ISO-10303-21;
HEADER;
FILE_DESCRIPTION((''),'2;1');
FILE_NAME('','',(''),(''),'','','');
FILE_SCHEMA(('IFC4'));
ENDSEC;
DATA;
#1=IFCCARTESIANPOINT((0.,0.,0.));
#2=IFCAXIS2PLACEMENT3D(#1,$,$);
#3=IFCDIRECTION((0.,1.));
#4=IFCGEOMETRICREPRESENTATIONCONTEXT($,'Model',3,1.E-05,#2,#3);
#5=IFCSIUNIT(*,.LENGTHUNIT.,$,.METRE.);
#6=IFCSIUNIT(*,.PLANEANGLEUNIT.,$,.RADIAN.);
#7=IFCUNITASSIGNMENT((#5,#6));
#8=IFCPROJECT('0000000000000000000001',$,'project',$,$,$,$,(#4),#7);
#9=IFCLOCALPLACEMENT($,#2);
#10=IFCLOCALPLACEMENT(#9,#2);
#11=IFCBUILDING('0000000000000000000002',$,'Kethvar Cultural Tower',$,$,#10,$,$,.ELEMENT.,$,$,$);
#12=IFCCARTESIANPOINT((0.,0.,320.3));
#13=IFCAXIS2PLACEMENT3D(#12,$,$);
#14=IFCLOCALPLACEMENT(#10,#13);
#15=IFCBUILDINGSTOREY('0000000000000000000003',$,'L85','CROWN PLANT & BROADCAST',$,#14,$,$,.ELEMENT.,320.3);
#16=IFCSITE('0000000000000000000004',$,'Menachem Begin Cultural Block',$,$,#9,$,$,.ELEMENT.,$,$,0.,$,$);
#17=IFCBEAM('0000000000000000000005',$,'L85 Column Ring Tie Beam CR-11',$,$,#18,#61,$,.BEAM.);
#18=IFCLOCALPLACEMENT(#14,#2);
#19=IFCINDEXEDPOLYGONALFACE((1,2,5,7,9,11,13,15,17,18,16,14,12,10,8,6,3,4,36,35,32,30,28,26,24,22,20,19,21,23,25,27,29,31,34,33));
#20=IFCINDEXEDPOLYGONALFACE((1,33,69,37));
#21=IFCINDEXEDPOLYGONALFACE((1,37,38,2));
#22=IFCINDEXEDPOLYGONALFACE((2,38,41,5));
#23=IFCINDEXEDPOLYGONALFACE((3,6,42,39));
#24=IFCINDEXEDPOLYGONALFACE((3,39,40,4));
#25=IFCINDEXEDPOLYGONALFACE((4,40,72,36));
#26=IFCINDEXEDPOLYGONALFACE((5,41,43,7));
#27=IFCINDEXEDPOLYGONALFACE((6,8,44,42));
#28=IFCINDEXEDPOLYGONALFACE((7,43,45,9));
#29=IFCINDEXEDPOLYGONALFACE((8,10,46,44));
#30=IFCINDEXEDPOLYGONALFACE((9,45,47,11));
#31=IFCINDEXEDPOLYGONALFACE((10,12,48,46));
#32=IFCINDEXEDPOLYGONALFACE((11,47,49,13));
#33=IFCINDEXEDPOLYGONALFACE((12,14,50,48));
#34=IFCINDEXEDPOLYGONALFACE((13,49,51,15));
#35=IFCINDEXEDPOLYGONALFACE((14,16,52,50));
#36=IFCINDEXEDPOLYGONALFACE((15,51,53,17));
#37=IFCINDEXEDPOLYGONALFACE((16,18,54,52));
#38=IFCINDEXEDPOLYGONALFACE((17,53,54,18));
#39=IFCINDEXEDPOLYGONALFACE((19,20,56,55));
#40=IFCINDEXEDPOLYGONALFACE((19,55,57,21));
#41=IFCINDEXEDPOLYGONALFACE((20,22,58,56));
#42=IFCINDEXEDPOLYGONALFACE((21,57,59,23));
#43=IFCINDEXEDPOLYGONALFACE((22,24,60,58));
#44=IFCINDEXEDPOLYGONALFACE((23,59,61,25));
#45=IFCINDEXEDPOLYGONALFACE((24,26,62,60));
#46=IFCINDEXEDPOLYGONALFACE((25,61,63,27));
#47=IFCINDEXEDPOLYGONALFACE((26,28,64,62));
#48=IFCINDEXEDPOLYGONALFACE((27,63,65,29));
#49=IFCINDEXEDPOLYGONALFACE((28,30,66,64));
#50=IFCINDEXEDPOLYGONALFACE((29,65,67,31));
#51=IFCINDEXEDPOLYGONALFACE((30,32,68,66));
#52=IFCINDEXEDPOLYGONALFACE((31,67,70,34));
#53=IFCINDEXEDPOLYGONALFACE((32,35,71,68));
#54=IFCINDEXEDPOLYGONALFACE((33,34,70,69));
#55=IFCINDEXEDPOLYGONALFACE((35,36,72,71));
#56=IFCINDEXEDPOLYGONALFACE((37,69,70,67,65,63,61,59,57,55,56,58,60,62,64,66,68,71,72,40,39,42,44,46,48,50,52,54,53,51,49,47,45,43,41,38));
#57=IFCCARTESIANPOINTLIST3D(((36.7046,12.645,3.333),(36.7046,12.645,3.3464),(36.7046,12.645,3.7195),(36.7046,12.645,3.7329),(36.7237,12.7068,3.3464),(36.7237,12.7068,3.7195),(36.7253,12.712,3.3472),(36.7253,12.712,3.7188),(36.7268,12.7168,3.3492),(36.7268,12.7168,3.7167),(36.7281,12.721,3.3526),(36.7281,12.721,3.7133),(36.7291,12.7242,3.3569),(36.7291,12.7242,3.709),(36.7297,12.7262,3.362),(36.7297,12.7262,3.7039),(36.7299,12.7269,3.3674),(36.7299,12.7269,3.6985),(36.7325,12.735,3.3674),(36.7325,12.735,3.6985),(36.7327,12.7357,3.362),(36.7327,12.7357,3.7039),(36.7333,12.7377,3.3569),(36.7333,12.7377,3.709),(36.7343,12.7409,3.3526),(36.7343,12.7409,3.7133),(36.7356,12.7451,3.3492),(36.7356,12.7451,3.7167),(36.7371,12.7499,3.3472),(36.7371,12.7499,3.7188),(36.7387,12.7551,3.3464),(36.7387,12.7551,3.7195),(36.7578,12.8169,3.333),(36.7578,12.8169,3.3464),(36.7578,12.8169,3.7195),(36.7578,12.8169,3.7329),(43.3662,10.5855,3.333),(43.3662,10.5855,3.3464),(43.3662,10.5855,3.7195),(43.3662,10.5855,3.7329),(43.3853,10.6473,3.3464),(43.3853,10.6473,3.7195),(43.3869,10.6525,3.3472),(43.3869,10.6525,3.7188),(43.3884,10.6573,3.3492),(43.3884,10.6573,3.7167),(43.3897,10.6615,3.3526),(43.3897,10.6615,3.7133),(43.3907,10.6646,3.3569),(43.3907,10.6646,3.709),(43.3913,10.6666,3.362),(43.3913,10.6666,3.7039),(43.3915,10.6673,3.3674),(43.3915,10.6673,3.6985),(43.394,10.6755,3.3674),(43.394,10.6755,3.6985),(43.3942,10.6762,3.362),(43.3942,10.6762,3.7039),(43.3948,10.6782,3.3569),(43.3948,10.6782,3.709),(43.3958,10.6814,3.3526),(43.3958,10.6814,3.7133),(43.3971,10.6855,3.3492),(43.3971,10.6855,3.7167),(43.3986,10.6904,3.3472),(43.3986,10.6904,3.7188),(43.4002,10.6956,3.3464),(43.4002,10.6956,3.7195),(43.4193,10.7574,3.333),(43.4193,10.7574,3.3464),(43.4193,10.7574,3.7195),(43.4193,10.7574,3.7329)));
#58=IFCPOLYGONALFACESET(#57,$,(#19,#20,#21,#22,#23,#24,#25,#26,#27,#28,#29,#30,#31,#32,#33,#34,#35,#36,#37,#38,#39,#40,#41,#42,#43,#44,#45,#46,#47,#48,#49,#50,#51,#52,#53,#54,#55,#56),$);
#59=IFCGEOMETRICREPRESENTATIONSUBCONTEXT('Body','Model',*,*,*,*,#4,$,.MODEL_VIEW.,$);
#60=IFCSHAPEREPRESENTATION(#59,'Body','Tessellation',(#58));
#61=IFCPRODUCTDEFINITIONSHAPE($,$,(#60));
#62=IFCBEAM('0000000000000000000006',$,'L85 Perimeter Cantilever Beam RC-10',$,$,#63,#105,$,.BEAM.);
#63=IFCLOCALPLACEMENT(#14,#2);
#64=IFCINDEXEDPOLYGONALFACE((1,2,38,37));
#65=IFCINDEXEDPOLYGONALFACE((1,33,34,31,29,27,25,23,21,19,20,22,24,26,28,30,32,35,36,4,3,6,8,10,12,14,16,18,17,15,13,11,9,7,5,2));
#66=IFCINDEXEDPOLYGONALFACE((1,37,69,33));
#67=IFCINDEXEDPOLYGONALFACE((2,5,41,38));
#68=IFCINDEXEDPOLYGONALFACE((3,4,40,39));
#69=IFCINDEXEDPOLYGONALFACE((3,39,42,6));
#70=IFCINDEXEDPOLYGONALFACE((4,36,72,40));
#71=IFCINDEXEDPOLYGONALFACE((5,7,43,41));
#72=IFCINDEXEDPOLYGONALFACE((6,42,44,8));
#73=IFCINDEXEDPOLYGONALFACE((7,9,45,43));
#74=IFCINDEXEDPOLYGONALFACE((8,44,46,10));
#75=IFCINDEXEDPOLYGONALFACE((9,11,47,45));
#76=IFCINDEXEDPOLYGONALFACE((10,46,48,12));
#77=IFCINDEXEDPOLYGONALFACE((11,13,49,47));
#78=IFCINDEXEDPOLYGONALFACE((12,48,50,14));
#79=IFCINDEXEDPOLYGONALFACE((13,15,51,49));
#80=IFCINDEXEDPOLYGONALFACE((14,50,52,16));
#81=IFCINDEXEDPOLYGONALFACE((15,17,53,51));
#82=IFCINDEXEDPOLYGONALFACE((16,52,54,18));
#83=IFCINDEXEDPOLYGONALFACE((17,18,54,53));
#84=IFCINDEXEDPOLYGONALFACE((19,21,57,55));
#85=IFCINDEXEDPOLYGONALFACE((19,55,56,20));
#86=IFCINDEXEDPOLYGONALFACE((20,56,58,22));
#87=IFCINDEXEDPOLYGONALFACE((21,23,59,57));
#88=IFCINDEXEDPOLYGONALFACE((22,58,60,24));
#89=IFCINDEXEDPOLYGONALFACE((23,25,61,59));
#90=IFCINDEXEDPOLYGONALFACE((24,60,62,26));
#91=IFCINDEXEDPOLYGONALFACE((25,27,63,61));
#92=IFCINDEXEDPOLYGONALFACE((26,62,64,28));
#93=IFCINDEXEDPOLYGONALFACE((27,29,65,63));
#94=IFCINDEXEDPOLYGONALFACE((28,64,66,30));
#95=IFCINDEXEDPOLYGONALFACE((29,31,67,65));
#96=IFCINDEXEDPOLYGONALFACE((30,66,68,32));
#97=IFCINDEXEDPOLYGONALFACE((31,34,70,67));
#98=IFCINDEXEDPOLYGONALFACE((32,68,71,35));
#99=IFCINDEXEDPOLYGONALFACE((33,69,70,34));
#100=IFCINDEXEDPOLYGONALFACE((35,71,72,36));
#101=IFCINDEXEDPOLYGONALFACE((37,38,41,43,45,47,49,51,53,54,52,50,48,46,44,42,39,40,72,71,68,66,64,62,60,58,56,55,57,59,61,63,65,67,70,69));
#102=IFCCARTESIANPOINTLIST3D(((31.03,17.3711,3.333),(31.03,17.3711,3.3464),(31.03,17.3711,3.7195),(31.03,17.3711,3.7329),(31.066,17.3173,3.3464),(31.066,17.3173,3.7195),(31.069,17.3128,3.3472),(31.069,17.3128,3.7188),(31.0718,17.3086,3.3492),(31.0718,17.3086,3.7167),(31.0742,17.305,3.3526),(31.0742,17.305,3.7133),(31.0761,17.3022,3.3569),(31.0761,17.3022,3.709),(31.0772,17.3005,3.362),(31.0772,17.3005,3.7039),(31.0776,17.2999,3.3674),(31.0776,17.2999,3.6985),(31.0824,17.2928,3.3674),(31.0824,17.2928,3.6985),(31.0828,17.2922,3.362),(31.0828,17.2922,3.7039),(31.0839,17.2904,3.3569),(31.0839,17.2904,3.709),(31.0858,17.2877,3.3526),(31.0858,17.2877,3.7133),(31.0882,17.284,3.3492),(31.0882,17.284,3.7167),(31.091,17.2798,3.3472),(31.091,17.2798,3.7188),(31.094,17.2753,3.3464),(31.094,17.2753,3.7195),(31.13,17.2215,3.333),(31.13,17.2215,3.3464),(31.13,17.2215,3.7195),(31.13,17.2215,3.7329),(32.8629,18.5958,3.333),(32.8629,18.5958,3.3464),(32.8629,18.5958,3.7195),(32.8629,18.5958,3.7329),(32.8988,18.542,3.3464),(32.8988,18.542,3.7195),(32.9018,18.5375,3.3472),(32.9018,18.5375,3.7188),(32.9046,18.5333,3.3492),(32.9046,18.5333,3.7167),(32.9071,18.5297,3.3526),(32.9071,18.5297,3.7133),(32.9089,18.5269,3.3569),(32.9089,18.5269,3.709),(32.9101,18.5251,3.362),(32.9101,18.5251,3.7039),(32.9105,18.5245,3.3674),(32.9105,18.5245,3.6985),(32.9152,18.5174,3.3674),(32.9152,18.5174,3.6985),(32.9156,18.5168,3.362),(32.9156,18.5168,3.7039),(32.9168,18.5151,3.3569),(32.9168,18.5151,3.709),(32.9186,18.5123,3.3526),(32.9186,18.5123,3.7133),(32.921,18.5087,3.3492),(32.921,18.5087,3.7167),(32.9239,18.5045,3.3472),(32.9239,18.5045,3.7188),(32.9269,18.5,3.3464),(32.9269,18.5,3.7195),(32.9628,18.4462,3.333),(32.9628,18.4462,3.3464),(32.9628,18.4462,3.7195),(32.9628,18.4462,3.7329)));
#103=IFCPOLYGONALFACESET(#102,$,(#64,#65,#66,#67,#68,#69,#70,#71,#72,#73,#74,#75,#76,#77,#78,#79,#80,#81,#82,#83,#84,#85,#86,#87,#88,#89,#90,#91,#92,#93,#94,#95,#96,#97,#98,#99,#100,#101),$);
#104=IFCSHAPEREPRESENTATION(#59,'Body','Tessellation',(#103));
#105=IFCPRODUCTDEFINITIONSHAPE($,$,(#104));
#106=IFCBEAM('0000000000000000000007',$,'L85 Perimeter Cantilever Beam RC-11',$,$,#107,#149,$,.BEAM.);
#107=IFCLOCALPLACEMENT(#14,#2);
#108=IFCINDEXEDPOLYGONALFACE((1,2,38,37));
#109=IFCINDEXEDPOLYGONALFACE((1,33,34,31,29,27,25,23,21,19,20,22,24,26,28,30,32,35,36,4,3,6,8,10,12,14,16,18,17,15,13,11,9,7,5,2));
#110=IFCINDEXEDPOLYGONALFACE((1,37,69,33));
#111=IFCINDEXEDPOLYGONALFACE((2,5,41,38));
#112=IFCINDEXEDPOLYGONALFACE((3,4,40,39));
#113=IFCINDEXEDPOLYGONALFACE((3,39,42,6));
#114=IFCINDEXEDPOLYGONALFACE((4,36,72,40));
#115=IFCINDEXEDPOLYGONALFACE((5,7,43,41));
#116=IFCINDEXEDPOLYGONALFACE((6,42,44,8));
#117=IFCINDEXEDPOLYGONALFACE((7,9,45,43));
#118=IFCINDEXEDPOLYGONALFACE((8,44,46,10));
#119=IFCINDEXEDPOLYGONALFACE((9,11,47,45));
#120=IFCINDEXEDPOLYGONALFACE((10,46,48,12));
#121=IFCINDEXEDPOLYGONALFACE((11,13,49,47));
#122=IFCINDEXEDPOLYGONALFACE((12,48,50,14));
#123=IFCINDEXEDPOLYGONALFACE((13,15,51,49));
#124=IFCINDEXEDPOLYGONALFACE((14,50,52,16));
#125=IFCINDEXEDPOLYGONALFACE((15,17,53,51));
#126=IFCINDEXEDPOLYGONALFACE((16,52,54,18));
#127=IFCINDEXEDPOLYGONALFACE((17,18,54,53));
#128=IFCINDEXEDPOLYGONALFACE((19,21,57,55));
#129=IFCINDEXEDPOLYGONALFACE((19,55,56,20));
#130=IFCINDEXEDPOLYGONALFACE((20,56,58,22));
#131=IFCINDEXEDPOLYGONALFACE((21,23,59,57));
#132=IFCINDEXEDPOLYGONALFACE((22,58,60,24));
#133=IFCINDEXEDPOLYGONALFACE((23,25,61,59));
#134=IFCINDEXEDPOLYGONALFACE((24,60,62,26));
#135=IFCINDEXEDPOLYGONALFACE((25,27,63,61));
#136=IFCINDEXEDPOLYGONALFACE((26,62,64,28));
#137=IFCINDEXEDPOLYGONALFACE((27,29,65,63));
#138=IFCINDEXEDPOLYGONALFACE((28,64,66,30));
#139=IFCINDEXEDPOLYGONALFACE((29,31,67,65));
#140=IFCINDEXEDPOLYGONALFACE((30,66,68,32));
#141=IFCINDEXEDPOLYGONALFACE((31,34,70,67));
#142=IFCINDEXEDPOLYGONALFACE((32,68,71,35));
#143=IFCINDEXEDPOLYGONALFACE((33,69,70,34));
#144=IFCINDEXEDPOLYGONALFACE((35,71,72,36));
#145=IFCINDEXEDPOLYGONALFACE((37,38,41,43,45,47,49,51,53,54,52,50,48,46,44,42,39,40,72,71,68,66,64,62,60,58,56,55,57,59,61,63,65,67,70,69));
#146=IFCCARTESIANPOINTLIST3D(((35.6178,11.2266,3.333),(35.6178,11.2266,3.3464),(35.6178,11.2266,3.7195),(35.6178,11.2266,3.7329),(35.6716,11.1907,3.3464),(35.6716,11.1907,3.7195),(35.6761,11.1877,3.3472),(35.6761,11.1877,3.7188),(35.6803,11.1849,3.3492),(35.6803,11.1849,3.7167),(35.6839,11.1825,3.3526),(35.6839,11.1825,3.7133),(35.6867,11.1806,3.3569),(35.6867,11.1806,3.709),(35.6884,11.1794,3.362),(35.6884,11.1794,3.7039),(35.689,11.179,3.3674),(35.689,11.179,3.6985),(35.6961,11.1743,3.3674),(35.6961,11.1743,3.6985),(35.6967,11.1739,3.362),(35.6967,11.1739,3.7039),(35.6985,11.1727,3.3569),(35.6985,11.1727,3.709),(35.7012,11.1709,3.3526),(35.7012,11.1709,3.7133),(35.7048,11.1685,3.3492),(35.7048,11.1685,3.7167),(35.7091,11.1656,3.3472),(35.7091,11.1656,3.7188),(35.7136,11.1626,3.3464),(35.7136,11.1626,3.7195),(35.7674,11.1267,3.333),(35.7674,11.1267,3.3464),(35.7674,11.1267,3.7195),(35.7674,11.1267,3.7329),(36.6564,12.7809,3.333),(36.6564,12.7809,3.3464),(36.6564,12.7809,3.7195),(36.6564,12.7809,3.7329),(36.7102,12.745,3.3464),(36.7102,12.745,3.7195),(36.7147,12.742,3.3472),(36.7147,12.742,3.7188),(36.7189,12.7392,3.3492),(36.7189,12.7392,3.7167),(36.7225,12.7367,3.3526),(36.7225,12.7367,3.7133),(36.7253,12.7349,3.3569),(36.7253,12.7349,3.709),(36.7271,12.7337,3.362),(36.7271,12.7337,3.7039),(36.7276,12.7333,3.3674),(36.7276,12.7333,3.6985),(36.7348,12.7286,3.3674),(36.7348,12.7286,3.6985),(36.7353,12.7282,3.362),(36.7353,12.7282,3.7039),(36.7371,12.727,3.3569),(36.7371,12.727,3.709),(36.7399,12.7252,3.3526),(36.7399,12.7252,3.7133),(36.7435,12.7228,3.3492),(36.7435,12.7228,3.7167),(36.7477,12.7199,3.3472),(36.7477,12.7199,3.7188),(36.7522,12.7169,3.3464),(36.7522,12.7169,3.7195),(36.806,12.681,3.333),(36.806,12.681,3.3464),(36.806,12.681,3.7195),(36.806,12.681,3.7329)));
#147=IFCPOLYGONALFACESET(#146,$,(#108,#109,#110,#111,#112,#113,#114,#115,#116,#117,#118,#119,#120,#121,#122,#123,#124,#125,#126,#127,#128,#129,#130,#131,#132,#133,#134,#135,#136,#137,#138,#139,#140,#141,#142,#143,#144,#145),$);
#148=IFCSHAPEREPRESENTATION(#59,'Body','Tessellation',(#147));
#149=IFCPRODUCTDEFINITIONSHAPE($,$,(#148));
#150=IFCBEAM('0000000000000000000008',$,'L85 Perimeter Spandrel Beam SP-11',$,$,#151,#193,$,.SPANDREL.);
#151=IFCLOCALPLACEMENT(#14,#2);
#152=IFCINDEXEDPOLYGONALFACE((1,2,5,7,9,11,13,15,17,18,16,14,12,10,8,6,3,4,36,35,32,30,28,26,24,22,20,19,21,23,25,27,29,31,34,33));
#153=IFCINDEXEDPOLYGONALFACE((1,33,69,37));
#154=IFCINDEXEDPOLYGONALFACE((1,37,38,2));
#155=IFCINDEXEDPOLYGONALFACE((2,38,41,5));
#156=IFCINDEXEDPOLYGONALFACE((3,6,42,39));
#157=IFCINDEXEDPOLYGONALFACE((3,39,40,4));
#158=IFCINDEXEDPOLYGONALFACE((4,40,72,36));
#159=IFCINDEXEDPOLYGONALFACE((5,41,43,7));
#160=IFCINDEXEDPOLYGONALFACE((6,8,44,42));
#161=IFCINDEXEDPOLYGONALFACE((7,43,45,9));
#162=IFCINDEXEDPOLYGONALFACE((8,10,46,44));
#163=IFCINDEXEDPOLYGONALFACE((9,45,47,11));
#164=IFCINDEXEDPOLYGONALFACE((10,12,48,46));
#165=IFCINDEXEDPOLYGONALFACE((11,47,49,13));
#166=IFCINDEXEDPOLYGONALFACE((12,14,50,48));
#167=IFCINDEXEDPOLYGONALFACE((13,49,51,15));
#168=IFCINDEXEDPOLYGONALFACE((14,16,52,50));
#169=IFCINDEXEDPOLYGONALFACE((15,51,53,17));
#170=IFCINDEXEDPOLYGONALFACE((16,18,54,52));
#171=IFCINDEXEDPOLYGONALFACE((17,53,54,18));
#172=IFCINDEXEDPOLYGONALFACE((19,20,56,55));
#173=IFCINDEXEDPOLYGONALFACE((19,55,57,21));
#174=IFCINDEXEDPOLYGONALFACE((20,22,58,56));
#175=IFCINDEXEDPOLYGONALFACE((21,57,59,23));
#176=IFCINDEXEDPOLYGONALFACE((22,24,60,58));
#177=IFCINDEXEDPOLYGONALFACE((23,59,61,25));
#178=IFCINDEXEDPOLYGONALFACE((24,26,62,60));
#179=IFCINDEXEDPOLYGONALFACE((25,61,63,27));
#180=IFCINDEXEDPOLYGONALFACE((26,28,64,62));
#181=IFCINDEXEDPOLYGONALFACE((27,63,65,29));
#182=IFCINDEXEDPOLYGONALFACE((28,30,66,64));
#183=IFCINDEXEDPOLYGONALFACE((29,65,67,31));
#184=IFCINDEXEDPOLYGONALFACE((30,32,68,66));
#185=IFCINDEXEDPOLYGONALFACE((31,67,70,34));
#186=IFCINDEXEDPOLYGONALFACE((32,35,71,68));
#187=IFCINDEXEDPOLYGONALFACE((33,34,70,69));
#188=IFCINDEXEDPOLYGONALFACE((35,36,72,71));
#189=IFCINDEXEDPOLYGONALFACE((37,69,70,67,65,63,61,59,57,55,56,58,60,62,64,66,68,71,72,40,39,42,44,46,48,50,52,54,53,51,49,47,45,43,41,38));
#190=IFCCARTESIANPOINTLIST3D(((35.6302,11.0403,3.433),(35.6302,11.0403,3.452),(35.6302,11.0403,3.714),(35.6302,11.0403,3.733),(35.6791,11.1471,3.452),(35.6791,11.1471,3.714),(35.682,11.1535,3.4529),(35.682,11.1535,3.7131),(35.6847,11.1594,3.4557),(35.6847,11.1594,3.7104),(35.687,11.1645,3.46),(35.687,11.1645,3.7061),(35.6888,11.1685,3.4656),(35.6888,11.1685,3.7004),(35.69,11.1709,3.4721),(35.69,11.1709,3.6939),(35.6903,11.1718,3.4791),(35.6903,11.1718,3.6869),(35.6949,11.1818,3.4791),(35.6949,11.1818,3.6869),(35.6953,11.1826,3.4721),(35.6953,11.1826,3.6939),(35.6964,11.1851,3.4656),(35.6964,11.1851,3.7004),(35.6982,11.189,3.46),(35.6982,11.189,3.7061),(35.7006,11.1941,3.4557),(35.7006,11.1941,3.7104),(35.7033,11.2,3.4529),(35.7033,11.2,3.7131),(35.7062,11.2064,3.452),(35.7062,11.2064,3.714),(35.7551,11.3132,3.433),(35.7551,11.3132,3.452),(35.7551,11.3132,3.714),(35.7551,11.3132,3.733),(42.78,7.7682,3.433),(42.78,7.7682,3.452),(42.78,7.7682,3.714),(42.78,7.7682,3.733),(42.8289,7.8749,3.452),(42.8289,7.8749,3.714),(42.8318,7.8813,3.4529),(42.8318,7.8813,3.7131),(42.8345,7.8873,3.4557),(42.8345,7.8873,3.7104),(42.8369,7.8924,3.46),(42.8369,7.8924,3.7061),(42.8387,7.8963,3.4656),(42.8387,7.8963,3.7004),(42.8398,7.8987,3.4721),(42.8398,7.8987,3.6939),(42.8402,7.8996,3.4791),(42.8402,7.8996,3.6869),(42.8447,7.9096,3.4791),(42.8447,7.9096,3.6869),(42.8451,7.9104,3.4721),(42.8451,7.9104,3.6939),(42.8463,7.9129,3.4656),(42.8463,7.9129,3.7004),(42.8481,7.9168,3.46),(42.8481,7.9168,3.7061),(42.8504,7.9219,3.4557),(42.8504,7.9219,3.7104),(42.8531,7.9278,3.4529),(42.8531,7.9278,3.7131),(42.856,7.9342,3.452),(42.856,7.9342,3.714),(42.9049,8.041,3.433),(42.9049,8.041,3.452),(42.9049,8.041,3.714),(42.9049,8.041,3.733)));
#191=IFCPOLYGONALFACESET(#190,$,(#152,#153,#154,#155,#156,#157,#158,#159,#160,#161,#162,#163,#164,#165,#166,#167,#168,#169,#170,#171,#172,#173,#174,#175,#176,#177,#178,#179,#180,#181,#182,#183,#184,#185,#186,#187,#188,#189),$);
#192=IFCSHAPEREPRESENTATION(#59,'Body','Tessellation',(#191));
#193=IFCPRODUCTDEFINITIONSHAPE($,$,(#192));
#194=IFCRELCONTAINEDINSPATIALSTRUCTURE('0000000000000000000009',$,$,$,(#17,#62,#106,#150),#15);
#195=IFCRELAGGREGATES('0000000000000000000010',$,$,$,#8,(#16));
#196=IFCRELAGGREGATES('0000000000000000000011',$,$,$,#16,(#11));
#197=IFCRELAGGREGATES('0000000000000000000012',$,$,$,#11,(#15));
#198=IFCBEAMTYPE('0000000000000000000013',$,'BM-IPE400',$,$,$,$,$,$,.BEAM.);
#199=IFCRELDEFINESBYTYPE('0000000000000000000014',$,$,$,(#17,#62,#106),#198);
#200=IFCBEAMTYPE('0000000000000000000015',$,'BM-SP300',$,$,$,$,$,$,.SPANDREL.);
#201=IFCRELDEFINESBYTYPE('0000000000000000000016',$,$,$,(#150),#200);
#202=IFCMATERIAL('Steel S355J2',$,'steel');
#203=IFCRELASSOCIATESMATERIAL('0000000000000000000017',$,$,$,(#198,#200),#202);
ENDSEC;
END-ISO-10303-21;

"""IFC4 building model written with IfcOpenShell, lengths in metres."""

from ifc_helpers import new_model, si_unit, direction, frame, origin, origin_2d, place, context, subcontext, project, spatial, i_section, extrude, source, transform, mapped, material, material_profile, profile_set, type_object, element, save


model = new_model("IFC4")

# Units and contexts
model_context = context("Model", 3, precision=1e-05, world=origin(), true_north=direction((0.0, 1.0)))
body_context = subcontext(model_context, "Body", "Model", "MODEL_VIEW")
ifc_project = project(units=[si_unit("LENGTHUNIT", "METRE"), si_unit("PLANEANGLEUNIT", "RADIAN")], contexts=[model_context])

# Site, building, storey
site_placement = place(None, origin())
site = spatial("IfcSite", under=ifc_project, at=site_placement, Name="Menachem Begin Cultural Block", CompositionType="ELEMENT", RefElevation=0.0)
building_placement = place(site_placement, origin())
building = spatial("IfcBuilding", under=site, at=building_placement, Name="Kethvar Cultural Tower", CompositionType="ELEMENT")
storey_placement = place(building_placement, frame((0.0, 0.0, 320.3)))
storey = spatial("IfcBuildingStorey", under=building, at=storey_placement, Name="L85", Description="CROWN PLANT & BROADCAST", CompositionType="ELEMENT", Elevation=320.3)

# Shared definitions
ifc_material_1 = material(Name="Steel S355J2", Category="steel")

# Beams
ifc_material_profile_1 = material_profile(ifc_material_1, i_section(OverallWidth=0.1799, OverallDepth=0.3999, WebThickness=0.0085, FlangeThickness=0.0134, FilletRadius=0.021, at=origin_2d()), Name="Steel S355J2 — IPE400")
ifc_profile_set_1 = profile_set([ifc_material_profile_1], Name="Steel S355J2 — IPE400")
beam_type_1 = type_object("IfcBeamType", Name="BM-IPE400", PredefinedType="BEAM", material=ifc_profile_set_1)
shared_shape_1 = source(origin(), body_context, "Body", "SweptSolid", [
    extrude(i_section(OverallWidth=0.1799, OverallDepth=0.3999, WebThickness=0.0085, FlangeThickness=0.0134, FilletRadius=0.021, at=origin_2d()), origin(), (0.0, 0.0, 1.0), 6.9727),
])
beam_1_placement = place(storey_placement, frame((36.7312, 12.731, 3.533), z_axis=(0.955381, -0.295375, 0.0), x_axis=(0.295375, 0.955381, 0.0)))
element("IfcBeam", 1, at=beam_1_placement, inside=storey, type_object=beam_type_1, Name="L85 Column Ring Tie Beam CR-11", PredefinedType="BEAM", context=body_context, shape_type="MappedRepresentation", body=[
    mapped(shared_shape_1, transform((0.0, 0.0, 0.0), scale=1.0)),
])
shared_shape_2 = source(origin(), body_context, "Body", "SweptSolid", [
    extrude(i_section(OverallWidth=0.1799, OverallDepth=0.3999, WebThickness=0.0085, FlangeThickness=0.0134, FilletRadius=0.021, at=origin_2d()), origin(), (0.0, 0.0, 1.0), 2.2043),
])
beam_2_placement = place(storey_placement, frame((32.9128, 18.521, 3.533), z_axis=(-0.83147, -0.555569, 0.0), x_axis=(0.555569, -0.83147, 0.0)))
element("IfcBeam", 2, at=beam_2_placement, inside=storey, type_object=beam_type_1, Name="L85 Perimeter Cantilever Beam RC-10", PredefinedType="BEAM", context=body_context, shape_type="MappedRepresentation", body=[
    mapped(shared_shape_2, transform((0.0, 0.0, 0.0), scale=1.0)),
])
shared_shape_3 = source(origin(), body_context, "Body", "SweptSolid", [
    extrude(i_section(OverallWidth=0.1799, OverallDepth=0.3999, WebThickness=0.0085, FlangeThickness=0.0134, FilletRadius=0.021, at=origin_2d()), origin(), (0.0, 0.0, 1.0), 1.8694),
])
beam_3_placement = place(storey_placement, frame((36.7312, 12.731, 3.533), z_axis=(-0.555604, -0.831447, 0.0), x_axis=(0.831447, -0.555604, 0.0)))
element("IfcBeam", 3, at=beam_3_placement, inside=storey, type_object=beam_type_1, Name="L85 Perimeter Cantilever Beam RC-11", PredefinedType="BEAM", context=body_context, shape_type="MappedRepresentation", body=[
    mapped(shared_shape_3, transform((0.0, 0.0, 0.0), scale=1.0)),
])
ifc_material_profile_2 = material_profile(ifc_material_1, i_section(OverallWidth=0.3, OverallDepth=0.3, WebThickness=0.011, FlangeThickness=0.019, FilletRadius=0.0271, at=origin_2d()), Name="Steel S355J2 — HEB300")
ifc_profile_set_2 = profile_set([ifc_material_profile_2], Name="Steel S355J2 — HEB300")
beam_type_2 = type_object("IfcBeamType", Name="BM-SP300", PredefinedType="SPANDREL", material=ifc_profile_set_2)
shared_shape_4 = source(origin(), body_context, "Body", "SweptSolid", [
    extrude(i_section(OverallWidth=0.3, OverallDepth=0.3, WebThickness=0.011, FlangeThickness=0.019, FilletRadius=0.0271, at=origin_2d()), origin(), (0.0, 0.0, 1.0), 7.863),
])
beam_4_placement = place(storey_placement, frame((35.6926, 11.1768, 3.583), z_axis=(0.909297, -0.416148, 0.0), x_axis=(0.416148, 0.909297, 0.0)))
element("IfcBeam", 4, at=beam_4_placement, inside=storey, type_object=beam_type_2, Name="L85 Perimeter Spandrel Beam SP-11", PredefinedType="SPANDREL", context=body_context, shape_type="MappedRepresentation", body=[
    mapped(shared_shape_4, transform((0.0, 0.0, 0.0), scale=1.0)),
])

save(model, "model.ifc")
